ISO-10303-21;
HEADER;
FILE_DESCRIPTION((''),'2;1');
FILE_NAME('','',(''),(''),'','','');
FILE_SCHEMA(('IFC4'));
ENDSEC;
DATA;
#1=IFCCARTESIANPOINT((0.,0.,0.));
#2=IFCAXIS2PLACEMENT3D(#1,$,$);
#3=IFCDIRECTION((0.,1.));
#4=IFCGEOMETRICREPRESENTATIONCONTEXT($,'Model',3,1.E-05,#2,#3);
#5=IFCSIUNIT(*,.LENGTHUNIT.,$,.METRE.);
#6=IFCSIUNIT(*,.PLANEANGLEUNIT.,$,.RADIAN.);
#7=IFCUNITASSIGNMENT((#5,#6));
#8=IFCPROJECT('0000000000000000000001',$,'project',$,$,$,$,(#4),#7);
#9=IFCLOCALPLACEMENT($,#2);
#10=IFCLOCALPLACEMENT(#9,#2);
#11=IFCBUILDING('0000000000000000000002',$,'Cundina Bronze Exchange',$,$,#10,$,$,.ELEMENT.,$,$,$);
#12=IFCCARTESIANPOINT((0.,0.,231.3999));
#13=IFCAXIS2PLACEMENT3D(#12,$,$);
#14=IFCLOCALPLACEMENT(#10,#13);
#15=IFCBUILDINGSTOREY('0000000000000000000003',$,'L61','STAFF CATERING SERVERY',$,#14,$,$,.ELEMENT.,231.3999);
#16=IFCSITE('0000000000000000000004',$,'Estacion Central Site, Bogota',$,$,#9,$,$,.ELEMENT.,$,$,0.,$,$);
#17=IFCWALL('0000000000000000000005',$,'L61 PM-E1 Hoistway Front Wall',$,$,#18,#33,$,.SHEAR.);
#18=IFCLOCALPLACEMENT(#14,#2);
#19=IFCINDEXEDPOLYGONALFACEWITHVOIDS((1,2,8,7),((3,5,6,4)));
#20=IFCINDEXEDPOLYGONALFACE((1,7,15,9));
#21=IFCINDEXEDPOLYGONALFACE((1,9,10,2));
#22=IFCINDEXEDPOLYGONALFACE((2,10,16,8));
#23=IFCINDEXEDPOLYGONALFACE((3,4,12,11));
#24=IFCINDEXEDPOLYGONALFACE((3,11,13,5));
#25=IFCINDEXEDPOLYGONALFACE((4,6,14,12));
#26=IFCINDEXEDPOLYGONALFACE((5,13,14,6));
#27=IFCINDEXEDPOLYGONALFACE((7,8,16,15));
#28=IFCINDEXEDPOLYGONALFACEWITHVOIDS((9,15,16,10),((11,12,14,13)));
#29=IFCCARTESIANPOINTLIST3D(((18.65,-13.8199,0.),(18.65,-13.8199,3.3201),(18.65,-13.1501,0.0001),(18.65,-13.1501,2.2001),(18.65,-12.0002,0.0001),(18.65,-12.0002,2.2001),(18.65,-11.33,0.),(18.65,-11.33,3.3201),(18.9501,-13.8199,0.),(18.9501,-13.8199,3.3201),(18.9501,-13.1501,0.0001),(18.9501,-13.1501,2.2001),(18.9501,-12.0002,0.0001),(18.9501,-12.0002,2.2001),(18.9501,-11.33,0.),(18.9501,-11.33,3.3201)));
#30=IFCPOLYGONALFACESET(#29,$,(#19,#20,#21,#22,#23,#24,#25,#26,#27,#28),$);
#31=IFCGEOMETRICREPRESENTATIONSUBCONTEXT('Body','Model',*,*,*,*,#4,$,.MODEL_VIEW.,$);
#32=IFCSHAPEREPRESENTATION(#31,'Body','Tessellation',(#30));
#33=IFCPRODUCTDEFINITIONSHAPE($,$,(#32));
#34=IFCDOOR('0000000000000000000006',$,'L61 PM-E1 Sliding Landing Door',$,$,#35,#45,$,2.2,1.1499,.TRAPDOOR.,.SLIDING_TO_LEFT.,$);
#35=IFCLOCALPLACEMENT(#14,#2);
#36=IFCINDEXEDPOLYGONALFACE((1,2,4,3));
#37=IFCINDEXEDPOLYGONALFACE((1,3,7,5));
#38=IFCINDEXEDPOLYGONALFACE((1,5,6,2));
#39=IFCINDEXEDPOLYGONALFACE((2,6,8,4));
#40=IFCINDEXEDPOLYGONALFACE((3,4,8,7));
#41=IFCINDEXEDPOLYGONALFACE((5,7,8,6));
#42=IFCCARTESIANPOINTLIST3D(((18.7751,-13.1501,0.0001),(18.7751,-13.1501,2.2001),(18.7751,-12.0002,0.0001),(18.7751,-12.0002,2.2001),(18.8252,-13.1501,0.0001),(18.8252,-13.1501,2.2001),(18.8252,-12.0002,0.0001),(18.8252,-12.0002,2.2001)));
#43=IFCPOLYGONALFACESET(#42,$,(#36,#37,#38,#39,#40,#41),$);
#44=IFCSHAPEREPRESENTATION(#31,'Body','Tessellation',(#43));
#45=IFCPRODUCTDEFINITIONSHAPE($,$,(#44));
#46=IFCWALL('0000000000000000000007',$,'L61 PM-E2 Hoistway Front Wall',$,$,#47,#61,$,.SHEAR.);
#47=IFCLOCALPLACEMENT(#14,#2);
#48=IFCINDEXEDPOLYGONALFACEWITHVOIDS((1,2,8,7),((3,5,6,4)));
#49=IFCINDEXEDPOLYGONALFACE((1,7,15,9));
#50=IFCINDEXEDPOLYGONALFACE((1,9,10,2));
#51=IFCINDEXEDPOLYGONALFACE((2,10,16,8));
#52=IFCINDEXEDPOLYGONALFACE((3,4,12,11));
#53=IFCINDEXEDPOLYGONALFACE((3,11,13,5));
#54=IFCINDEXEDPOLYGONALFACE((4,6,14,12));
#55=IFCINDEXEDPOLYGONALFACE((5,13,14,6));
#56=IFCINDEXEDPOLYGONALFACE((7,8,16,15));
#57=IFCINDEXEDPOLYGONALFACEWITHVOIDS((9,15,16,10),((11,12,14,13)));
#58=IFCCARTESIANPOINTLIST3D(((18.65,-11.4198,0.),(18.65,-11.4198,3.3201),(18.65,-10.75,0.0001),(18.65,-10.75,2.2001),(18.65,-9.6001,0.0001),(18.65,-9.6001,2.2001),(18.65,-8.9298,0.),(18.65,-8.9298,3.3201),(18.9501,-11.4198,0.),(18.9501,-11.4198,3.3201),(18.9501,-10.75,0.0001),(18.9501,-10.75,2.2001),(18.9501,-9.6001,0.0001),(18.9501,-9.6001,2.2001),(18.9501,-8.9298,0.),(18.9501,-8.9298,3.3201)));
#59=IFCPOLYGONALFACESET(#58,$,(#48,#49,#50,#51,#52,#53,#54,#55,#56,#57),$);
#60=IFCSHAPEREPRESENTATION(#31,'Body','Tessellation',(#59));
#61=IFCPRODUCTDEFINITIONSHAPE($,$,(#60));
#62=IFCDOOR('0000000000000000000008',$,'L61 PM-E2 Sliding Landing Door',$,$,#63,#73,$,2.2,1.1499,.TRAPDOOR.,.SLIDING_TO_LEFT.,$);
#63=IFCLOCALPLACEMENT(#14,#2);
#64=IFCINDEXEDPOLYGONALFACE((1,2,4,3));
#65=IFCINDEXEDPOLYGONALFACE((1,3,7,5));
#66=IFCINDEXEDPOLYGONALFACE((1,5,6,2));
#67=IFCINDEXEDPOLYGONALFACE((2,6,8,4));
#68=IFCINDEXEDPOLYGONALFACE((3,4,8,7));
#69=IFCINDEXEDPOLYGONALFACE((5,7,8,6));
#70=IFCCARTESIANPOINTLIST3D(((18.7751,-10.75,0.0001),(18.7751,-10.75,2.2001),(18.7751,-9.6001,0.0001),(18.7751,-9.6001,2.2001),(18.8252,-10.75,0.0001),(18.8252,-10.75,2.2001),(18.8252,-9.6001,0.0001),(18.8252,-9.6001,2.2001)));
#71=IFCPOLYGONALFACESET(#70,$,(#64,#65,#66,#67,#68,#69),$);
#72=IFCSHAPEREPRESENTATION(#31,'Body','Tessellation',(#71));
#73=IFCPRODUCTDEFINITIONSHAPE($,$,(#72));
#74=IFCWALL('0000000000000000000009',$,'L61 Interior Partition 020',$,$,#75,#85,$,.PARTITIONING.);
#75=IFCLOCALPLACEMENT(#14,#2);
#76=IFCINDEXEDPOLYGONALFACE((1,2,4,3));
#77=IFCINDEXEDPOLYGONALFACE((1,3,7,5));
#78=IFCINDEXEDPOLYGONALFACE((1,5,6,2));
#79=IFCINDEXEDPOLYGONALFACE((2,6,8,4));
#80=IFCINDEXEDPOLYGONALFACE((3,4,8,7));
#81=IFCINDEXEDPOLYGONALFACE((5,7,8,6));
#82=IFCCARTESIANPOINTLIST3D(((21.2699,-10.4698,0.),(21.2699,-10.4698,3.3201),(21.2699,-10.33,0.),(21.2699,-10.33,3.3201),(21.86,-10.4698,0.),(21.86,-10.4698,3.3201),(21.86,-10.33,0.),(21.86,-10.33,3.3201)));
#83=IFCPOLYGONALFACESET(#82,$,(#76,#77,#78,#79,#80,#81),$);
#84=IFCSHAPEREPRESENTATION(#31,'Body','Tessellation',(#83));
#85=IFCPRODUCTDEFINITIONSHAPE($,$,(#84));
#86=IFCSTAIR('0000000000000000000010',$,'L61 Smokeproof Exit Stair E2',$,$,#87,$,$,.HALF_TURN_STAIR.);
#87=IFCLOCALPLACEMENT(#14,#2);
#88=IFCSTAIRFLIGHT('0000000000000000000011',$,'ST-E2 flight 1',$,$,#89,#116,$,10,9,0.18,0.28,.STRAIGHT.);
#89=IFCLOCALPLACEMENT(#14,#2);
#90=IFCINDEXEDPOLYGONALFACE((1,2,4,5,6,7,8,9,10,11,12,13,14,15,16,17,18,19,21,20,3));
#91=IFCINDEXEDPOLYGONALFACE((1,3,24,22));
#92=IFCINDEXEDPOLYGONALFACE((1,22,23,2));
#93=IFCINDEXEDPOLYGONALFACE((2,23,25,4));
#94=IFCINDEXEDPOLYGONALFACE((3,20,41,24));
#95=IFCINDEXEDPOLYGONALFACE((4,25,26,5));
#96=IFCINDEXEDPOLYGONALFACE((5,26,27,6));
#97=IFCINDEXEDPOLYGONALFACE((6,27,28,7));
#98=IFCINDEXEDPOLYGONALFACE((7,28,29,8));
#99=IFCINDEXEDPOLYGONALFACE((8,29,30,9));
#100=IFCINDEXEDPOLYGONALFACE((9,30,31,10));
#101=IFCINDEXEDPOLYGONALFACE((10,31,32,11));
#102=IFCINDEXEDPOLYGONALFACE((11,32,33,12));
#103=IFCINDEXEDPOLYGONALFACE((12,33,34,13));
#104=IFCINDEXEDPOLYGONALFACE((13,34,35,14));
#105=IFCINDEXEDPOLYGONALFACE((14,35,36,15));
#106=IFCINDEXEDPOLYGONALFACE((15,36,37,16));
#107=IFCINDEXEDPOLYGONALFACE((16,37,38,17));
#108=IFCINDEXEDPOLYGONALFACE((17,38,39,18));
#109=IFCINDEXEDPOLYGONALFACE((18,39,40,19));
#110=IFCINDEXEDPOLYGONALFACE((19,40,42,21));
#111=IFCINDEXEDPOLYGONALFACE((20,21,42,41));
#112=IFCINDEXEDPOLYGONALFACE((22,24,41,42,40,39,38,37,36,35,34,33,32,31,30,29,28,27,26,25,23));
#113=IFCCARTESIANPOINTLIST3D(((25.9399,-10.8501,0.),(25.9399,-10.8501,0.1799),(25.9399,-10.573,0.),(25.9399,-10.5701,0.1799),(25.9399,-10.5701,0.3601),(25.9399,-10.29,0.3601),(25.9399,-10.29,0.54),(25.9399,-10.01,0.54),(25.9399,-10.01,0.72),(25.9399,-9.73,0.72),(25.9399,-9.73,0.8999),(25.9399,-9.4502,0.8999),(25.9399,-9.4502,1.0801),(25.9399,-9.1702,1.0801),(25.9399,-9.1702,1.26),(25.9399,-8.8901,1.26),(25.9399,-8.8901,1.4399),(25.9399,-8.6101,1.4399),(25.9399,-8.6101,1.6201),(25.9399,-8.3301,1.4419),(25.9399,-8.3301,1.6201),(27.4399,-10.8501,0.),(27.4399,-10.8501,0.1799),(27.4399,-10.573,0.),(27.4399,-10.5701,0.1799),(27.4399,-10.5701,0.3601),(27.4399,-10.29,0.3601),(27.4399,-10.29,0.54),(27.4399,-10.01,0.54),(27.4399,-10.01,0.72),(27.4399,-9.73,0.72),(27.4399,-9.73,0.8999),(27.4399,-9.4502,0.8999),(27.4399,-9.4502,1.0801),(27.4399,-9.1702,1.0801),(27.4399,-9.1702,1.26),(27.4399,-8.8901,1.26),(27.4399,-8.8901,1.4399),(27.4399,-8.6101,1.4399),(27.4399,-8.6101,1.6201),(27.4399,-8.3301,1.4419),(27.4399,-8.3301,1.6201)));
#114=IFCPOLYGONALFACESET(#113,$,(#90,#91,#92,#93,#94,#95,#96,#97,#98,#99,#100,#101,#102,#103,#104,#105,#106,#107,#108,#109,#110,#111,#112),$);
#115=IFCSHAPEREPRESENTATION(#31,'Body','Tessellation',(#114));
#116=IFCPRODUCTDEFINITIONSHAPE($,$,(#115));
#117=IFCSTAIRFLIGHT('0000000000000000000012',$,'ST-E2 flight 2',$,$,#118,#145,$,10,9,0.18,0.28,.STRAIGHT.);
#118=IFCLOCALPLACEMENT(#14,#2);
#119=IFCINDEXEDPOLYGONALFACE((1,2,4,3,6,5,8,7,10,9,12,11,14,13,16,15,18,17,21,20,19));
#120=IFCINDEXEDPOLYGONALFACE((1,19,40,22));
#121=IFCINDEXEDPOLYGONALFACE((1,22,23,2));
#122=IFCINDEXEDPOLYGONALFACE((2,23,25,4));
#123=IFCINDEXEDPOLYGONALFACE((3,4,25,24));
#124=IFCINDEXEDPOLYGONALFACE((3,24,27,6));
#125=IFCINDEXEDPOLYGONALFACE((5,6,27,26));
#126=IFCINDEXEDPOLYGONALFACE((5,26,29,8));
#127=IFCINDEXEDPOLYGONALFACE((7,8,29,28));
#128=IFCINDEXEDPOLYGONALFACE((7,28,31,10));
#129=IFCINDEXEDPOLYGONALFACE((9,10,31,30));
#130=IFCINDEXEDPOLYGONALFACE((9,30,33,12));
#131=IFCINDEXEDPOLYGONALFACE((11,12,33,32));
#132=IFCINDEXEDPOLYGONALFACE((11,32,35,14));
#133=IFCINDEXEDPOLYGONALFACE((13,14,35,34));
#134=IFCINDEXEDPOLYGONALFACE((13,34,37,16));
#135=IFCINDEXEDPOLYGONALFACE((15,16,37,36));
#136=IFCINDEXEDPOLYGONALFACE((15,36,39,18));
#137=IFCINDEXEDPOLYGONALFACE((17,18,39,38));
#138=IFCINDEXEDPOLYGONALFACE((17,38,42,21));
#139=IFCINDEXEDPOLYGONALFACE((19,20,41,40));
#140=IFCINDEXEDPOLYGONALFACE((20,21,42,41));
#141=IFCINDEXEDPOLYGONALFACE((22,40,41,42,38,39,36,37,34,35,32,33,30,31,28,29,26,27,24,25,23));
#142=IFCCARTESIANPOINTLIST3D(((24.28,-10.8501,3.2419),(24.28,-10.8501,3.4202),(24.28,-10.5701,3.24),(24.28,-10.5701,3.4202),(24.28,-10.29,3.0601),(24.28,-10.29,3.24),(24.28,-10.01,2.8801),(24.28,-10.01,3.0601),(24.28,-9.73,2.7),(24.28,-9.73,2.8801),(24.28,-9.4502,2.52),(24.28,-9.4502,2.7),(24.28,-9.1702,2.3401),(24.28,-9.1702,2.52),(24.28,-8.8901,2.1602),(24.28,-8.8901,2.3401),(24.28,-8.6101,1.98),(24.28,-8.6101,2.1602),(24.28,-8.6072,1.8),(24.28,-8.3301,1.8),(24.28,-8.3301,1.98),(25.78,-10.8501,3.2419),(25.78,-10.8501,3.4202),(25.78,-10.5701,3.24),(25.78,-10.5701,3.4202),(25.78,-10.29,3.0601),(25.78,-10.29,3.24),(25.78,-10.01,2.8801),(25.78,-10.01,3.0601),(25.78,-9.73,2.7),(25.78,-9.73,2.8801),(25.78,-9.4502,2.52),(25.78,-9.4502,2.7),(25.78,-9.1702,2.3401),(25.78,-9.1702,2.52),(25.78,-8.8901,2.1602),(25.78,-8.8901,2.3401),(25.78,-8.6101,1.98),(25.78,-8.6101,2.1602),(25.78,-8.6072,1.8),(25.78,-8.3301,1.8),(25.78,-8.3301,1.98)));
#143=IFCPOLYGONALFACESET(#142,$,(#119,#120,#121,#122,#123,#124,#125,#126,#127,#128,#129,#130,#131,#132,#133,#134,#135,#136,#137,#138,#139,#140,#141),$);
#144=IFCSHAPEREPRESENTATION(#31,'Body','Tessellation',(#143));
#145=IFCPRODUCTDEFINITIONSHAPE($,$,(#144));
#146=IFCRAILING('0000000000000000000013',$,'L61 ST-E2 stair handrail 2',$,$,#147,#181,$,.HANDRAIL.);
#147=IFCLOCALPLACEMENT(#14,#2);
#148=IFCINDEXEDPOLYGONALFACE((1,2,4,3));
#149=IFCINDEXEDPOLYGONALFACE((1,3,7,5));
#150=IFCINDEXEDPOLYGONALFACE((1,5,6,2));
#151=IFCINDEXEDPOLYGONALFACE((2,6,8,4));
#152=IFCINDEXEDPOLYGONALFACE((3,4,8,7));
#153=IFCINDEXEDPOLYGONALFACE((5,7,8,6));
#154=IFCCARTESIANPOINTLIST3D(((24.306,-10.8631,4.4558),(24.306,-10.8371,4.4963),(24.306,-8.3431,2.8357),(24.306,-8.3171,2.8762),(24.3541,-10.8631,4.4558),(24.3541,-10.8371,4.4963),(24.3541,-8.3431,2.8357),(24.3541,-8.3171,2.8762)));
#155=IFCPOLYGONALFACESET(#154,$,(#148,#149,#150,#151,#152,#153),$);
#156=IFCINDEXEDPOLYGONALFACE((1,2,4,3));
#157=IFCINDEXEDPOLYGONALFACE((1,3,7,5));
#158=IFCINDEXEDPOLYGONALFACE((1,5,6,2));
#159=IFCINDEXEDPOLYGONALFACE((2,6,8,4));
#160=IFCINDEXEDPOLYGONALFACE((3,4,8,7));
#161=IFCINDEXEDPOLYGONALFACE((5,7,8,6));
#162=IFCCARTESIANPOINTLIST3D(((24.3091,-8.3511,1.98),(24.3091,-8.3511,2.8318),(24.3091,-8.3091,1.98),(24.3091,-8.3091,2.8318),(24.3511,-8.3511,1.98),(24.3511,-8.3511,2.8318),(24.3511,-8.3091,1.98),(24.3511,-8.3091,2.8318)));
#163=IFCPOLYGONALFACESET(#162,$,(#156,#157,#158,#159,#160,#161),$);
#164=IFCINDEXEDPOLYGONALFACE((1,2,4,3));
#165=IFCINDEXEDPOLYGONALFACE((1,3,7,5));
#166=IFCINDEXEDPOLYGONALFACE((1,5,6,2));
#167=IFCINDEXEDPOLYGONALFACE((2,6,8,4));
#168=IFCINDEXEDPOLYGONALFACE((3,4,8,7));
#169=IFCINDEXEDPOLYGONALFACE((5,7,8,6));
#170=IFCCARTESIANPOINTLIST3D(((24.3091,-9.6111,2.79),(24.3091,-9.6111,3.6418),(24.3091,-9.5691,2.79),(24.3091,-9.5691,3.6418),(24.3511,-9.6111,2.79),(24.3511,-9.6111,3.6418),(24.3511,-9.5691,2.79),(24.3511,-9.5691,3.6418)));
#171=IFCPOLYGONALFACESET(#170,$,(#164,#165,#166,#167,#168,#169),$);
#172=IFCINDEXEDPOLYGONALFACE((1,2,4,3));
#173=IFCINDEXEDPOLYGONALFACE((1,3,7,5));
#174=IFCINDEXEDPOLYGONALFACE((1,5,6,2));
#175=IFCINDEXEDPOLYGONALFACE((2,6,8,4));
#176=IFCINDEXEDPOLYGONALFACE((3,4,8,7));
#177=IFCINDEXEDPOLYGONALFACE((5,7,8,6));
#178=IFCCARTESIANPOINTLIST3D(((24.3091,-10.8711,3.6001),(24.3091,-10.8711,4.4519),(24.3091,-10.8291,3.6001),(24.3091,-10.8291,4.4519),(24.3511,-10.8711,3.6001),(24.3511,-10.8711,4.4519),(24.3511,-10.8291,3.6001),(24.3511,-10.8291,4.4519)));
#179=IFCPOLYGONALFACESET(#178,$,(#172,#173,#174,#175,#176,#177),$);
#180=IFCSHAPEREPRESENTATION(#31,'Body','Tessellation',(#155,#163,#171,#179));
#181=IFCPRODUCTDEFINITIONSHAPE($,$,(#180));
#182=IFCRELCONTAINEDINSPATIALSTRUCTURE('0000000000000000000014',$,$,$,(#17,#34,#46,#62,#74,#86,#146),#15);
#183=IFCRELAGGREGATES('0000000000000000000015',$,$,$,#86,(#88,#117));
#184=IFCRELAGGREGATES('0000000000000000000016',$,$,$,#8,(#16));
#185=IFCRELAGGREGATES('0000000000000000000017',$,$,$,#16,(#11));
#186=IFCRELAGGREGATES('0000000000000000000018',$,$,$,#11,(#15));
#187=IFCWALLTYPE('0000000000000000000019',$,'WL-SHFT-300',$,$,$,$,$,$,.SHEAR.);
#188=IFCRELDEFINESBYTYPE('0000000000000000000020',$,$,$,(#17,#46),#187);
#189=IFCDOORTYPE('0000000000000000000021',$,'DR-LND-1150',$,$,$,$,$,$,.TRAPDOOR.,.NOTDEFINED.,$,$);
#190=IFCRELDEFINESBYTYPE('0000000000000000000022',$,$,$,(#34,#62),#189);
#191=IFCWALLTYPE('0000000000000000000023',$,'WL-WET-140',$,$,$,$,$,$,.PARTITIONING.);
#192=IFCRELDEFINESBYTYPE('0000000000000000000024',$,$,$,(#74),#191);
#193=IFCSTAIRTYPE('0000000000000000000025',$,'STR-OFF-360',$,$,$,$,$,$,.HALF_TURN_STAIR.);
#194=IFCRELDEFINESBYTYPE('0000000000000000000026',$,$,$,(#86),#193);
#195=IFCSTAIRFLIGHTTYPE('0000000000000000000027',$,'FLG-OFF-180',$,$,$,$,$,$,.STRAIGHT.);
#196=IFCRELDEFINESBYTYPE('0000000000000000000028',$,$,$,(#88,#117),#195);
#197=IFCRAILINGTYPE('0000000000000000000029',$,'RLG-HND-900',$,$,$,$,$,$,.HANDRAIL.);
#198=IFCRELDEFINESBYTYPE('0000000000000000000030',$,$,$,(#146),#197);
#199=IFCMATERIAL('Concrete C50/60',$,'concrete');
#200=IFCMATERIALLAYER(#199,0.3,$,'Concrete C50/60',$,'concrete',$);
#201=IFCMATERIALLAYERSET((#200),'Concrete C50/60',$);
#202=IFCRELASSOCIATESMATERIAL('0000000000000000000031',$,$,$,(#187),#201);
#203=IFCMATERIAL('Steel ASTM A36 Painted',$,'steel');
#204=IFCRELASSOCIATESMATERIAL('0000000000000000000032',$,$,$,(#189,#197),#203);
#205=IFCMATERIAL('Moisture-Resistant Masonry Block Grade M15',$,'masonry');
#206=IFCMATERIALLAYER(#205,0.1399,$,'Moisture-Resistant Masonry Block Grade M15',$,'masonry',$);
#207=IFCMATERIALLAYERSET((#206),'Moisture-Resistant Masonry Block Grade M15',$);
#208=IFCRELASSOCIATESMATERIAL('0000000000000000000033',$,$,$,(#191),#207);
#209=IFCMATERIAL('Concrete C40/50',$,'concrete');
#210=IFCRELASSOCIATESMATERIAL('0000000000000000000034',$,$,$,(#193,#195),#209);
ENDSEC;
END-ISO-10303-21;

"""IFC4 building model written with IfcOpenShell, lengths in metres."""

from ifc_helpers import new_model, si_unit, direction, frame, frame_2d, origin, origin_2d, place, context, subcontext, project, spatial, polyline, rectangle, outline, extrude, material, layer, layer_set, type_object, element, fill, aggregate, save


model = new_model("IFC4")

# Units and contexts
model_context = context("Model", 3, precision=1e-05, world=origin(), true_north=direction((0.0, 1.0)))
body_context = subcontext(model_context, "Body", "Model", "MODEL_VIEW")
ifc_project = project(units=[si_unit("LENGTHUNIT", "METRE"), si_unit("PLANEANGLEUNIT", "RADIAN")], contexts=[model_context])

# Site, building, storey
site_placement = place(None, origin())
site = spatial("IfcSite", under=ifc_project, at=site_placement, Name="Estacion Central Site, Bogota", CompositionType="ELEMENT", RefElevation=0.0)
building_placement = place(site_placement, origin())
building = spatial("IfcBuilding", under=site, at=building_placement, Name="Cundina Bronze Exchange", CompositionType="ELEMENT")
storey_placement = place(building_placement, frame((0.0, 0.0, 231.3999)))
storey = spatial("IfcBuildingStorey", under=building, at=storey_placement, Name="L61", Description="STAFF CATERING SERVERY", CompositionType="ELEMENT", Elevation=231.3999)

# Shared definitions
ifc_material_1 = material(Name="Concrete C50/60", Category="concrete")

# Shared definitions
ifc_layer_1 = layer(ifc_material_1, 0.3, Name="Concrete C50/60", Category="concrete")
ifc_layer_set_1 = layer_set([ifc_layer_1], Name="Concrete C50/60")
wall_type_1 = type_object("IfcWallType", Name="WL-SHFT-300", PredefinedType="SHEAR", material=ifc_layer_set_1)

# Shared definitions
ifc_material_2 = material(Name="Steel ASTM A36 Painted", Category="steel")
door_type_1 = type_object("IfcDoorType", Name="DR-LND-1150", OperationType="NOTDEFINED", PredefinedType="TRAPDOOR", material=ifc_material_2)

# Walls, openings, doors
wall_1_placement = place(storey_placement, frame((18.8, -13.8201, 0.0), z_axis=(0.0, 0.0, 1.0), x_axis=(0.0, 1.0, 0.0)))
wall_1 = element("IfcWall", 1, at=wall_1_placement, inside=storey, type_object=wall_type_1, Name="L61 PM-E1 Hoistway Front Wall", PredefinedType="SHEAR", context=body_context, shape_type="SweptSolid", body=[
    extrude(rectangle(XDim=2.49, YDim=0.3, at=frame_2d((1.2451, 0.0))), origin(), (0.0, 0.0, 1.0), 3.3201),
])
opening_1_placement = place(wall_1_placement, frame((0.6699, 0.0, 0.0)))
opening_1 = element("IfcOpeningElement", 2, at=opening_1_placement, cuts=wall_1, PredefinedType="OPENING", context=body_context, shape_type="SweptSolid", body=[
    extrude(rectangle(XDim=1.1499, YDim=2.2, at=frame_2d((0.575, 1.1001))), frame((0.0, 0.1599, 0.0), z_axis=(0.0, -1.0, 0.0), x_axis=(1.0, 0.0, 0.0)), (0.0, 0.0, 1.0), 0.3201),
])
door_1_placement = place(opening_1_placement, origin())
door_1 = element("IfcDoor", 3, at=door_1_placement, inside=storey, type_object=door_type_1, Name="L61 PM-E1 Sliding Landing Door", OperationType="SLIDING_TO_LEFT", OverallHeight=2.2, OverallWidth=1.1499, PredefinedType="TRAPDOOR", context=body_context, shape_type="SweptSolid", body=[
    extrude(rectangle(XDim=1.1499, YDim=2.2, at=frame_2d((0.575, 1.1001))), frame((0.0, 0.0249, 0.0), z_axis=(0.0, -1.0, 0.0), x_axis=(1.0, 0.0, 0.0)), (0.0, 0.0, 1.0), 0.05),
])
fill(opening_1, door_1)
wall_2_placement = place(storey_placement, frame((18.8, -11.4199, 0.0), z_axis=(0.0, 0.0, 1.0), x_axis=(0.0, 1.0, 0.0)))
wall_2 = element("IfcWall", 4, at=wall_2_placement, inside=storey, type_object=wall_type_1, Name="L61 PM-E2 Hoistway Front Wall", PredefinedType="SHEAR", context=body_context, shape_type="SweptSolid", body=[
    extrude(rectangle(XDim=2.49, YDim=0.3, at=frame_2d((1.2451, 0.0))), origin(), (0.0, 0.0, 1.0), 3.3201),
])
opening_2_placement = place(wall_2_placement, frame((0.6699, 0.0, 0.0)))
opening_2 = element("IfcOpeningElement", 5, at=opening_2_placement, cuts=wall_2, PredefinedType="OPENING", context=body_context, shape_type="SweptSolid", body=[
    extrude(rectangle(XDim=1.1499, YDim=2.2, at=frame_2d((0.575, 1.1001))), frame((0.0, 0.1599, 0.0), z_axis=(0.0, -1.0, 0.0), x_axis=(1.0, 0.0, 0.0)), (0.0, 0.0, 1.0), 0.3201),
])
door_2_placement = place(opening_2_placement, origin())
door_2 = element("IfcDoor", 6, at=door_2_placement, inside=storey, type_object=door_type_1, Name="L61 PM-E2 Sliding Landing Door", OperationType="SLIDING_TO_LEFT", OverallHeight=2.2, OverallWidth=1.1499, PredefinedType="TRAPDOOR", context=body_context, shape_type="SweptSolid", body=[
    extrude(rectangle(XDim=1.1499, YDim=2.2, at=frame_2d((0.575, 1.1001))), frame((0.0, 0.0249, 0.0), z_axis=(0.0, -1.0, 0.0), x_axis=(1.0, 0.0, 0.0)), (0.0, 0.0, 1.0), 0.05),
])
fill(opening_2, door_2)

# Wall
ifc_material_3 = material(Name="Moisture-Resistant Masonry Block Grade M15", Category="masonry")
ifc_layer_2 = layer(ifc_material_3, 0.1399, Name="Moisture-Resistant Masonry Block Grade M15", Category="masonry")
ifc_layer_set_2 = layer_set([ifc_layer_2], Name="Moisture-Resistant Masonry Block Grade M15")
wall_type_2 = type_object("IfcWallType", Name="WL-WET-140", PredefinedType="PARTITIONING", material=ifc_layer_set_2)
wall_3_placement = place(storey_placement, frame((21.27, -10.3999, 0.0), z_axis=(0.0, 0.0, 1.0), x_axis=(1.0, 0.0, 0.0)))
element("IfcWall", 7, at=wall_3_placement, inside=storey, type_object=wall_type_2, Name="L61 Interior Partition 020", PredefinedType="PARTITIONING", context=body_context, shape_type="SweptSolid", body=[
    extrude(rectangle(XDim=0.5901, YDim=0.1399, at=frame_2d((0.2949, 0.0))), origin(), (0.0, 0.0, 1.0), 3.3201),
])

# Stair, stair flights
ifc_material_4 = material(Name="Concrete C40/50", Category="concrete")
stair_type = type_object("IfcStairType", Name="STR-OFF-360", PredefinedType="HALF_TURN_STAIR", material=ifc_material_4)
stair_placement = place(storey_placement, origin())
stair = element("IfcStair", 8, at=stair_placement, inside=storey, type_object=stair_type, Name="L61 Smokeproof Exit Stair E2", PredefinedType="HALF_TURN_STAIR")
stair_flight_type = type_object("IfcStairFlightType", Name="FLG-OFF-180", PredefinedType="STRAIGHT", material=ifc_material_4)
stair_flight_1_placement = place(storey_placement, frame((26.6899, -10.8501, 0.0), z_axis=(0.0, 0.0, 1.0), x_axis=(0.0, 1.0, 0.0)))
stair_flight_1 = element("IfcStairFlight", 9, at=stair_flight_1_placement, type_object=stair_flight_type, Name="ST-E2 flight 1", NumberOfRisers=10, NumberOfTreads=9, PredefinedType="STRAIGHT", RiserHeight=0.18, TreadLength=0.28, context=body_context, shape_type="SweptSolid", body=[
    extrude(outline(polyline([(0.0, 0.0), (0.0, 0.1799), (0.28, 0.1799), (0.28, 0.3601), (0.5601, 0.3601), (0.5601, 0.54), (0.8401, 0.54), (0.8401, 0.72), (1.1201, 0.72), (1.1201, 0.8999), (1.3999, 0.8999), (1.3999, 1.0801), (1.6799, 1.0801), (1.6799, 1.26), (1.96, 1.26), (1.96, 1.4399), (2.24, 1.4399), (2.24, 1.6201), (2.52, 1.6201), (2.52, 1.8), (2.52, 1.4419), (0.2771, 0.0), (0.0, 0.0)])), frame((0.0, 0.75, 0.0), z_axis=(0.0, -1.0, 0.0), x_axis=(1.0, 0.0, 0.0)), (0.0, 0.0, 1.0), 1.5),
])
stair_flight_2_placement = place(storey_placement, frame((25.03, -8.3301, 1.8), z_axis=(0.0, 0.0, 1.0), x_axis=(0.0, -1.0, 0.0)))
stair_flight_2 = element("IfcStairFlight", 10, at=stair_flight_2_placement, type_object=stair_flight_type, Name="ST-E2 flight 2", NumberOfRisers=10, NumberOfTreads=9, PredefinedType="STRAIGHT", RiserHeight=0.18, TreadLength=0.28, context=body_context, shape_type="SweptSolid", body=[
    extrude(outline(polyline([(0.0, 0.0), (0.0, 0.1799), (0.28, 0.1799), (0.28, 0.3601), (0.5601, 0.3601), (0.5601, 0.54), (0.8401, 0.54), (0.8401, 0.72), (1.1201, 0.72), (1.1201, 0.8999), (1.3999, 0.8999), (1.3999, 1.0801), (1.6799, 1.0801), (1.6799, 1.26), (1.96, 1.26), (1.96, 1.4399), (2.24, 1.4399), (2.24, 1.6201), (2.52, 1.6201), (2.52, 1.8), (2.52, 1.4419), (0.2771, 0.0), (0.0, 0.0)])), frame((0.0, 0.75, 0.0), z_axis=(0.0, -1.0, 0.0), x_axis=(1.0, 0.0, 0.0)), (0.0, 0.0, 1.0), 1.5),
])
aggregate(stair, [stair_flight_1, stair_flight_2])

# Railing
railing_type_1 = type_object("IfcRailingType", Name="RLG-HND-900", PredefinedType="HANDRAIL", material=ifc_material_2)
railing_1_placement = place(storey_placement, frame((24.3301, -8.3301, 1.98)))
element("IfcRailing", 11, at=railing_1_placement, inside=storey, type_object=railing_type_1, Name="L61 ST-E2 stair handrail 2", PredefinedType="HANDRAIL", context=body_context, shape_type="SweptSolid", body=[
    extrude(rectangle(XDim=0.0481, YDim=0.0481, at=origin_2d()), frame((0.0, 0.0, 0.876), z_axis=(0.0, -0.841163, 0.540782), x_axis=(1.0, 0.0, 0.0)), (0.0, 0.0, 1.0), 2.9958),
    extrude(rectangle(XDim=0.042, YDim=0.042, at=origin_2d()), origin(), (0.0, 0.0, 1.0), 0.8518),
    extrude(rectangle(XDim=0.042, YDim=0.042, at=origin_2d()), frame((0.0, -1.26, 0.8101)), (0.0, 0.0, 1.0), 0.8518),
    extrude(rectangle(XDim=0.042, YDim=0.042, at=origin_2d()), frame((0.0, -2.52, 1.6201)), (0.0, 0.0, 1.0), 0.8518),
])

save(model, "model.ifc")
